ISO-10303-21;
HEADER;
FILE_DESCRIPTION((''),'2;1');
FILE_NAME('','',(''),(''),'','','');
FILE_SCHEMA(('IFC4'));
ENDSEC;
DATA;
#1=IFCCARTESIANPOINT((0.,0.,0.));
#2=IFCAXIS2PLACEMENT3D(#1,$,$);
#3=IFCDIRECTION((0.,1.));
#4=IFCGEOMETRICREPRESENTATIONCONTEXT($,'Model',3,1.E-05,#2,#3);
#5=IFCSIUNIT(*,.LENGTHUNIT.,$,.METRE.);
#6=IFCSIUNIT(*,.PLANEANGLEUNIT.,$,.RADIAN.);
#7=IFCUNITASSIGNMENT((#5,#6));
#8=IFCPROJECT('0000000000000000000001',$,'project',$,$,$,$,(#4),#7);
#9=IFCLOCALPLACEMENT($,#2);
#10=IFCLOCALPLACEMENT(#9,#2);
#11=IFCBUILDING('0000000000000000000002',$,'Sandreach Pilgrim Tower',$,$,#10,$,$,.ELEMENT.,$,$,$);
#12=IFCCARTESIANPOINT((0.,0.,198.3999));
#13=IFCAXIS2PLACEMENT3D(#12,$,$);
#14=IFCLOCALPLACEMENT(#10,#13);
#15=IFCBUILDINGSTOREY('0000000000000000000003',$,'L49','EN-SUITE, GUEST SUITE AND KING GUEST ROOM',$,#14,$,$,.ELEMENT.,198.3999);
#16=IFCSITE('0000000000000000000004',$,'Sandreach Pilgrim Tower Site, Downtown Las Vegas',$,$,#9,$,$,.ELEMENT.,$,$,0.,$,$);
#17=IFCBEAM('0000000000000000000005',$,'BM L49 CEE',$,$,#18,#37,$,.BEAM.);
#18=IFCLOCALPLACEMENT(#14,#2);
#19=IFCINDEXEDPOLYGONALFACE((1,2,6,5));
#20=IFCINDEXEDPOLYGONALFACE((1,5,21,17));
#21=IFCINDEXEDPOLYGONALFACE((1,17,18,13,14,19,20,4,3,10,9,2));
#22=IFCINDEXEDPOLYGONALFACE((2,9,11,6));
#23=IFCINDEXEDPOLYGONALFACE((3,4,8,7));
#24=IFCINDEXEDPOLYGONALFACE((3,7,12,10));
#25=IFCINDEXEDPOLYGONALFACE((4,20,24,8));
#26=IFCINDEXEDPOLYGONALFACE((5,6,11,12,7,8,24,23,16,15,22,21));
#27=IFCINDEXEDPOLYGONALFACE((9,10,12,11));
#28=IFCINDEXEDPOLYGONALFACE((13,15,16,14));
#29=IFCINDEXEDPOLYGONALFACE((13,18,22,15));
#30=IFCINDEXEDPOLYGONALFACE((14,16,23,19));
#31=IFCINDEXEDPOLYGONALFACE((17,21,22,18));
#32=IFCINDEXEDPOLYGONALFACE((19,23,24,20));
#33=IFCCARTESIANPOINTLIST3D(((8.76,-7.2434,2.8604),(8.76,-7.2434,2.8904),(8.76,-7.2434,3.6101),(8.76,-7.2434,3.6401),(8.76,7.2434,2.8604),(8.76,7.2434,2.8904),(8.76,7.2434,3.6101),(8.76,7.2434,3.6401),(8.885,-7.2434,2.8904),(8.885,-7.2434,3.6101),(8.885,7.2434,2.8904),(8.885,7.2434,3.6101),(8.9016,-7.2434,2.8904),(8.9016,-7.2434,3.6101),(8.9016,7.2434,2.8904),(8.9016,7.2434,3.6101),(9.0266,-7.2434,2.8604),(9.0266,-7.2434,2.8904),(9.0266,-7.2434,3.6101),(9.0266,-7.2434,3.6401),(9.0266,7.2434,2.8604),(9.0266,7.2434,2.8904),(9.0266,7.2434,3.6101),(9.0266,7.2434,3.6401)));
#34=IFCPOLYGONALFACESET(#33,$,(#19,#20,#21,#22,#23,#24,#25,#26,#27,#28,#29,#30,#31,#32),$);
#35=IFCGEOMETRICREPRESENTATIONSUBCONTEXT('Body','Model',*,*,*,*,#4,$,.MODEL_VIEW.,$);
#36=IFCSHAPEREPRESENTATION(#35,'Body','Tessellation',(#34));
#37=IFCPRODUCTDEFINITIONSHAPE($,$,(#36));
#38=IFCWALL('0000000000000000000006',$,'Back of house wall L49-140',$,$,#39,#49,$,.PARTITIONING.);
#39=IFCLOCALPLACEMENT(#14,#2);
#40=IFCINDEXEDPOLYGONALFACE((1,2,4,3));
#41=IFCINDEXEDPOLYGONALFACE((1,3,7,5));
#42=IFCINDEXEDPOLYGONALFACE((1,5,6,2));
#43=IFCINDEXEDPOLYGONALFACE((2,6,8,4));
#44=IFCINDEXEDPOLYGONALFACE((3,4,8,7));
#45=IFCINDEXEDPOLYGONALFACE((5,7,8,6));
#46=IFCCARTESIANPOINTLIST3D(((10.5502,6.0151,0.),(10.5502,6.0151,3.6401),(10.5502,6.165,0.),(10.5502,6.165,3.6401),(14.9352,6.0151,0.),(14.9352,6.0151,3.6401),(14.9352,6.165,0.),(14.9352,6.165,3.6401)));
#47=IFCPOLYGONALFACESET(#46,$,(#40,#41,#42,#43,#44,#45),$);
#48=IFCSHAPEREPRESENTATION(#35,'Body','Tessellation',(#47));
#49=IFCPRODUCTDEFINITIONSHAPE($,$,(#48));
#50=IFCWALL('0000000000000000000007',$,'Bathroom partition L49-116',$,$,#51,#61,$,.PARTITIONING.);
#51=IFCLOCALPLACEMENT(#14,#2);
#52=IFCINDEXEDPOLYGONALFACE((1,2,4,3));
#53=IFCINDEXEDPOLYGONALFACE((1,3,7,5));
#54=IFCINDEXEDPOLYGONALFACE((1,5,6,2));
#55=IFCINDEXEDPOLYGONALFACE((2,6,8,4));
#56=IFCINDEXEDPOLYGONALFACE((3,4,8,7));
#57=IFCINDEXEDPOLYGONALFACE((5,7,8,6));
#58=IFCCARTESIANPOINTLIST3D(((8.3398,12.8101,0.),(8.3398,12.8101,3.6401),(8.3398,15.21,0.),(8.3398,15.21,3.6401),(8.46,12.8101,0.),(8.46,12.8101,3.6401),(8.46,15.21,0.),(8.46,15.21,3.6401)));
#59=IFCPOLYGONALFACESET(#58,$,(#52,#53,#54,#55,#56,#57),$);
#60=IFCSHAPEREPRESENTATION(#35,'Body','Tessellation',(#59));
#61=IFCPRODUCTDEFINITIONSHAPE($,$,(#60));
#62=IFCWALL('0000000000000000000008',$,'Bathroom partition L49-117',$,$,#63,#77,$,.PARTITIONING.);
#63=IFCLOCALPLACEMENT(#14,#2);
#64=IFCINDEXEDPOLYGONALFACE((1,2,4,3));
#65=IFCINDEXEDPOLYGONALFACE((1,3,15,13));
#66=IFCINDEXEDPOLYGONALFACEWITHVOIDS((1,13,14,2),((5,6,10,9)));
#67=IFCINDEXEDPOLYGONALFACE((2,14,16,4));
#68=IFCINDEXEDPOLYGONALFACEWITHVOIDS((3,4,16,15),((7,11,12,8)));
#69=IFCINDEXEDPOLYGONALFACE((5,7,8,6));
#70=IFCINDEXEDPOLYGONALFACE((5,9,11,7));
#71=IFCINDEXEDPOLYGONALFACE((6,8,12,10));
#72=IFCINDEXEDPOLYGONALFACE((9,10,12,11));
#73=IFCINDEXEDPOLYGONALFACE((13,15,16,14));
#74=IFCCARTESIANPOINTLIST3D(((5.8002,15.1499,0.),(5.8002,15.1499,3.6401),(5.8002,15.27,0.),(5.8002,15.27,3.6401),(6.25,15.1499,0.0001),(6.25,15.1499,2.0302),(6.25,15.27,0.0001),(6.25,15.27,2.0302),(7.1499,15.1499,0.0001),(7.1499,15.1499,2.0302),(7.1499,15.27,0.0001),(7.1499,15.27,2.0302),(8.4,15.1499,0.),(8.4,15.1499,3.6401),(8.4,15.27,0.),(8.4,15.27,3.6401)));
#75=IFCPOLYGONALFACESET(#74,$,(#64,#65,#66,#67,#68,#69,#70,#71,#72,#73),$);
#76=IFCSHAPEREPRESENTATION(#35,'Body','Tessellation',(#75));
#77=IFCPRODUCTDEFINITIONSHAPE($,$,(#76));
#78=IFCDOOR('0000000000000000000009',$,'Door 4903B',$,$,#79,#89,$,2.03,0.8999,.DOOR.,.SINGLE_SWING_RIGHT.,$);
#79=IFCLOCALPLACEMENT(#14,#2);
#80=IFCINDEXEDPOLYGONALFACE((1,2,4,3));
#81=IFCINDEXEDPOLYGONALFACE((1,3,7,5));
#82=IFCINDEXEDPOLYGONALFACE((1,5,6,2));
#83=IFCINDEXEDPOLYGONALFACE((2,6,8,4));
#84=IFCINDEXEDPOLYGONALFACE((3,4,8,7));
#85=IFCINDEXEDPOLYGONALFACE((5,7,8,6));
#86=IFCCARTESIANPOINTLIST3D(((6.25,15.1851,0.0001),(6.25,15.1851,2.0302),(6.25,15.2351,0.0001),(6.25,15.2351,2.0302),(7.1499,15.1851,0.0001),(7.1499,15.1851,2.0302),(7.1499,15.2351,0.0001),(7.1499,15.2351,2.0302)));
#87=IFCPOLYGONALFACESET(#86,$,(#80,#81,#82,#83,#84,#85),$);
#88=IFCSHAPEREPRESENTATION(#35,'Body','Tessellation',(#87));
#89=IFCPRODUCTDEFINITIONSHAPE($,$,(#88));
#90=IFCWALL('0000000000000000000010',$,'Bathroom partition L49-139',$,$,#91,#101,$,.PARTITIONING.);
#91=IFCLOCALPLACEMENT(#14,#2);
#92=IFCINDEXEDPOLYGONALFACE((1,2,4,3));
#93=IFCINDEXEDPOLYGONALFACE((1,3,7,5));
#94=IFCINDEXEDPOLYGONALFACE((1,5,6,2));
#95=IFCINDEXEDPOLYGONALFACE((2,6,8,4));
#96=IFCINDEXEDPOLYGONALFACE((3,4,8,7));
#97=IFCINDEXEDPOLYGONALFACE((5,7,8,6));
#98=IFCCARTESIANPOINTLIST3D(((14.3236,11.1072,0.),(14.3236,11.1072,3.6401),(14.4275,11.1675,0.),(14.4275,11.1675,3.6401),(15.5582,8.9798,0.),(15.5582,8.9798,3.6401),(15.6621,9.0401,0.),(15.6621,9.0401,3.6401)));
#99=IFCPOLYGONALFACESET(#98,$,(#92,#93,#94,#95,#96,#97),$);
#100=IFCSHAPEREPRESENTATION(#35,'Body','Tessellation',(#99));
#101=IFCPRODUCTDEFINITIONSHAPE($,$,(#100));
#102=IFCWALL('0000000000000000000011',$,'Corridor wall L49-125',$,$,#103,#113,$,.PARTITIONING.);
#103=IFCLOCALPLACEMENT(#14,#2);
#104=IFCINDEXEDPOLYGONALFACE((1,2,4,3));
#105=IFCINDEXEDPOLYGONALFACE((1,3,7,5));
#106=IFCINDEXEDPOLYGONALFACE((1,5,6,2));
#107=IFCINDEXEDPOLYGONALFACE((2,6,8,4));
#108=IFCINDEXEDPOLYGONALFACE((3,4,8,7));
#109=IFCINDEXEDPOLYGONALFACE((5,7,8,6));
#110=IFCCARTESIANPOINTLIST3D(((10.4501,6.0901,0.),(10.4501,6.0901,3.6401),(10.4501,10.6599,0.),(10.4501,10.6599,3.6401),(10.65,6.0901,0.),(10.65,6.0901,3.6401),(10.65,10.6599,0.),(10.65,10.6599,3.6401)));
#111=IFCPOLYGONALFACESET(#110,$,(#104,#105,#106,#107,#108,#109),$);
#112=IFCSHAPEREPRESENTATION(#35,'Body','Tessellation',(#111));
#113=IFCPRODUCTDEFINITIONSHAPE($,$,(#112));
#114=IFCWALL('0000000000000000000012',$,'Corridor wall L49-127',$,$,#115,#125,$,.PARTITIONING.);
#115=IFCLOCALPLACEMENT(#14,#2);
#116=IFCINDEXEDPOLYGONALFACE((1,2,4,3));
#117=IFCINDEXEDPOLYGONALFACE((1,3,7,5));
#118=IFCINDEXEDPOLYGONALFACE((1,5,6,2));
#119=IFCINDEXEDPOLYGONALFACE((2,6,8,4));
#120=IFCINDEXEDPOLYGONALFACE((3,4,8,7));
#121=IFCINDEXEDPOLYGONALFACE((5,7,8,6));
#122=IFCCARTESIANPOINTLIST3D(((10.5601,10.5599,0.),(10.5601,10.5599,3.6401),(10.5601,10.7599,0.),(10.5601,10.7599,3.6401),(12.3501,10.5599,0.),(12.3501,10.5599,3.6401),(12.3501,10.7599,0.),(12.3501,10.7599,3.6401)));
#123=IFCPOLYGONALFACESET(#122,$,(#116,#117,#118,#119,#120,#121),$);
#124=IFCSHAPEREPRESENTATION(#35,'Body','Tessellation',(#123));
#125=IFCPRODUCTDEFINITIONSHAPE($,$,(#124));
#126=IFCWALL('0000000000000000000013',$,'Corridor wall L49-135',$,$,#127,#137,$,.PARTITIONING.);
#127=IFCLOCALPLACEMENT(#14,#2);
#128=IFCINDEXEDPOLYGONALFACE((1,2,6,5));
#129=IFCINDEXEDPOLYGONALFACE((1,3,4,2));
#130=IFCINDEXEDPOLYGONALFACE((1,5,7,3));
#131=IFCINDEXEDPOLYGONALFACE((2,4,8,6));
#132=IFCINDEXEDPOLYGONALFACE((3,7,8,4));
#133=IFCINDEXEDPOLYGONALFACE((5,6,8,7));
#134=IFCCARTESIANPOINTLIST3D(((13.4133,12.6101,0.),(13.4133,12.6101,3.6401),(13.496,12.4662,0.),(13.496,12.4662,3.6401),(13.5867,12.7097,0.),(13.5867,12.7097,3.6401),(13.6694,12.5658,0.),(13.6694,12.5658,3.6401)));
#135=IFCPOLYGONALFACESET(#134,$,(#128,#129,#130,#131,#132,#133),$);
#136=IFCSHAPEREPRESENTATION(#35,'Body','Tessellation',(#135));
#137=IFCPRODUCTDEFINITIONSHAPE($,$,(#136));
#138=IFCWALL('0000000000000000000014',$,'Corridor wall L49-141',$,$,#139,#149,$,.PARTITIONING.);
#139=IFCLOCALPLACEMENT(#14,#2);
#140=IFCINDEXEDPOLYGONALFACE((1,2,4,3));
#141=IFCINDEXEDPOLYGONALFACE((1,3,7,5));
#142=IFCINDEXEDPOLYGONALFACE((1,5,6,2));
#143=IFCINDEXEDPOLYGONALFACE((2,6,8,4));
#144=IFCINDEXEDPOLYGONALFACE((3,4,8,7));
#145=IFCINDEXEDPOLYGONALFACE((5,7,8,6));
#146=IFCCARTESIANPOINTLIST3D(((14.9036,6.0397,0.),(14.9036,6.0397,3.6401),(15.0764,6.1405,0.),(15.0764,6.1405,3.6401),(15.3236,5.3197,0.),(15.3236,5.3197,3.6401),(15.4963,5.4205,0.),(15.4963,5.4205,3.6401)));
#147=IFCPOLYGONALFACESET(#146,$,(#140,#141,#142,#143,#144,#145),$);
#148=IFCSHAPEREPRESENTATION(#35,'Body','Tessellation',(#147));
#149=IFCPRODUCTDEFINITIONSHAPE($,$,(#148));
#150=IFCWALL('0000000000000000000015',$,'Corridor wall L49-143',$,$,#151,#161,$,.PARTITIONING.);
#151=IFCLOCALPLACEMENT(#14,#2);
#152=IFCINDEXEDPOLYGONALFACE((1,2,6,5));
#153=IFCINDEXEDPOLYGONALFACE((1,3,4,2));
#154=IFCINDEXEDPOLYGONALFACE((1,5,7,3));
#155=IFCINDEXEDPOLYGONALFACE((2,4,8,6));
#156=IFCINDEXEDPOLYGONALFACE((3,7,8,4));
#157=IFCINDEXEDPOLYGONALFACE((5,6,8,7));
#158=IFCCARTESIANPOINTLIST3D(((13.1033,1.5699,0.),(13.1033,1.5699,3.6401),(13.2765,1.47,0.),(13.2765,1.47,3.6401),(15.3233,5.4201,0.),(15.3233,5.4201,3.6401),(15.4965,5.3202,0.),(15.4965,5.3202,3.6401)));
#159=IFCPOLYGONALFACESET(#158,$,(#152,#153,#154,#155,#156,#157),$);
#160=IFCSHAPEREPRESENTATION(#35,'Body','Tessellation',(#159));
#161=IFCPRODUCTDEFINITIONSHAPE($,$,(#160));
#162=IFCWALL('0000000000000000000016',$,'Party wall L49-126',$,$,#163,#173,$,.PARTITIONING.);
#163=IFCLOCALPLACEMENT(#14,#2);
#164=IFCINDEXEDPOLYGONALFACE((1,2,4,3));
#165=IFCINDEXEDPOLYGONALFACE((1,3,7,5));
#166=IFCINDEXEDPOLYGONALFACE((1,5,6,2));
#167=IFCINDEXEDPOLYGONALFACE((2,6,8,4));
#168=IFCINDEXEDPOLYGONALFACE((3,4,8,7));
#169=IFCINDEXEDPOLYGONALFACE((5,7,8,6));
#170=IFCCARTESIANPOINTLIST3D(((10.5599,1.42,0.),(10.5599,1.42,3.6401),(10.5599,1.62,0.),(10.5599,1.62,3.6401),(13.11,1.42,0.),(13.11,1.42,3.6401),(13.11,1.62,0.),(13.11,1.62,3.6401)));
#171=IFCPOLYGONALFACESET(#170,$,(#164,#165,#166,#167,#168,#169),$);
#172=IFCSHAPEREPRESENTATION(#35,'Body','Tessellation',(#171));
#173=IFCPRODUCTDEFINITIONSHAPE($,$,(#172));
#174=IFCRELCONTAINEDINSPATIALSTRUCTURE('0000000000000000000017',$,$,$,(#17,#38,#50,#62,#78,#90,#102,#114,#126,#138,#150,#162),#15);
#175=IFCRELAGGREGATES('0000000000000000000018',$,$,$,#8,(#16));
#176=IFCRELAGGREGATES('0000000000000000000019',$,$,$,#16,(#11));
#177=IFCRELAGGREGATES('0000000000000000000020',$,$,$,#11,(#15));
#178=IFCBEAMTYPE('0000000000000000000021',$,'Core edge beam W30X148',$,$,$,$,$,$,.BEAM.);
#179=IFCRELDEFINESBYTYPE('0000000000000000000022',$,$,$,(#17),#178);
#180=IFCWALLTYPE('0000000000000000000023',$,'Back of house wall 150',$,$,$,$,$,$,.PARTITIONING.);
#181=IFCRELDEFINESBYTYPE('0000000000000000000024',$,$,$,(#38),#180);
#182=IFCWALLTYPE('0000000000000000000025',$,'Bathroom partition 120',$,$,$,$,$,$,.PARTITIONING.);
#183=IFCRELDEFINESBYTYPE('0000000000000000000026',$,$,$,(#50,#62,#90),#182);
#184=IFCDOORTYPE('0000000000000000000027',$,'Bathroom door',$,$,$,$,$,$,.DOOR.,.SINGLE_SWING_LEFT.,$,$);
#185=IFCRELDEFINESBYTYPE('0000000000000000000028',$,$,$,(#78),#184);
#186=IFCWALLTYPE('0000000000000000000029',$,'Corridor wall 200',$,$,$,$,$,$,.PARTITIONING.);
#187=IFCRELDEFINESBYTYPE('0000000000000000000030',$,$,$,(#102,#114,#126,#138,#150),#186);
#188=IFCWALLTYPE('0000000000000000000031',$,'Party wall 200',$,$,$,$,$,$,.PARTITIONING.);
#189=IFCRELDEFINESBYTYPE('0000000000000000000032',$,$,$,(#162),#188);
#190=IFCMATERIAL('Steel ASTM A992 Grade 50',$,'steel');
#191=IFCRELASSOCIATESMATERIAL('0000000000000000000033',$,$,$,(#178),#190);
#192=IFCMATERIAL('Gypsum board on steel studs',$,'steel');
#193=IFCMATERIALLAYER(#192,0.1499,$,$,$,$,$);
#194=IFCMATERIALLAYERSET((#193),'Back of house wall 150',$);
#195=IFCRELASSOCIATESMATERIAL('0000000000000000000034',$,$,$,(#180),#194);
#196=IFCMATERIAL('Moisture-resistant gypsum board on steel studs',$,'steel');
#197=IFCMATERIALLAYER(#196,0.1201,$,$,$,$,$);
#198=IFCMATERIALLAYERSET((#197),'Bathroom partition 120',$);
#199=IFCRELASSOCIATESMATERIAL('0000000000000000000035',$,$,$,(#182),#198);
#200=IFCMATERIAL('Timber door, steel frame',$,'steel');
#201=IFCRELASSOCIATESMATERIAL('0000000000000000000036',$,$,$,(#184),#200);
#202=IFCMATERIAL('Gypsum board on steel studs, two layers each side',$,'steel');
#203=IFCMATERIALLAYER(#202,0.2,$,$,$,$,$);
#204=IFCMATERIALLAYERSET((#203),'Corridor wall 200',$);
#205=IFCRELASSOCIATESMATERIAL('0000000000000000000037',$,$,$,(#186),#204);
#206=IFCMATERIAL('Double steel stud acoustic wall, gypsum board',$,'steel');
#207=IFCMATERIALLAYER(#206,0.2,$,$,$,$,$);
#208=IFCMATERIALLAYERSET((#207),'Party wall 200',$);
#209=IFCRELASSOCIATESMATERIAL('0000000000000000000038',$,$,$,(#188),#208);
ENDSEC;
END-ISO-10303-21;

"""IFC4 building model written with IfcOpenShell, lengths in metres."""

from ifc_helpers import new_model, si_unit, direction, frame, frame_2d, origin, origin_2d, place, context, subcontext, project, spatial, rectangle, i_section, extrude, material, layer, layer_set, material_profile, profile_set, type_object, element, fill, save


model = new_model("IFC4")

# Units and contexts
model_context = context("Model", 3, precision=1e-05, world=origin(), true_north=direction((0.0, 1.0)))
body_context = subcontext(model_context, "Body", "Model", "MODEL_VIEW")
ifc_project = project(units=[si_unit("LENGTHUNIT", "METRE"), si_unit("PLANEANGLEUNIT", "RADIAN")], contexts=[model_context])

# Site, building, storey
site_placement = place(None, origin())
site = spatial("IfcSite", under=ifc_project, at=site_placement, Name="Sandreach Pilgrim Tower Site, Downtown Las Vegas", CompositionType="ELEMENT", RefElevation=0.0)
building_placement = place(site_placement, origin())
building = spatial("IfcBuilding", under=site, at=building_placement, Name="Sandreach Pilgrim Tower", CompositionType="ELEMENT")
storey_placement = place(building_placement, frame((0.0, 0.0, 198.3999)))
storey = spatial("IfcBuildingStorey", under=building, at=storey_placement, Name="L49", Description="EN-SUITE, GUEST SUITE AND KING GUEST ROOM", CompositionType="ELEMENT", Elevation=198.3999)

# Beam
ifc_material_1 = material(Name="Steel ASTM A992 Grade 50", Category="steel")
ifc_material_profile = material_profile(ifc_material_1, i_section(OverallWidth=0.2666, OverallDepth=0.7798, WebThickness=0.0166, FlangeThickness=0.03, at=origin_2d()), Name="W30X148")
ifc_profile_set = profile_set([ifc_material_profile], Name="Steel ASTM A992 Grade 50")
beam_type = type_object("IfcBeamType", Name="Core edge beam W30X148", PredefinedType="BEAM", material=ifc_profile_set)
beam_placement = place(storey_placement, frame((8.8933, 7.2434, 3.2502), z_axis=(0.0, -1.0, 0.0), x_axis=(1.0, 0.0, 0.0)))
element("IfcBeam", 1, at=beam_placement, inside=storey, type_object=beam_type, Name="BM L49 CEE", PredefinedType="BEAM", context=body_context, shape_type="SweptSolid", body=[
    extrude(i_section(OverallWidth=0.2666, OverallDepth=0.7798, WebThickness=0.0166, FlangeThickness=0.03, at=origin_2d()), origin(), (0.0, 0.0, 1.0), 14.4868),
])

# Walls
ifc_material_2 = material(Name="Gypsum board on steel studs", Category="steel")
ifc_layer_1 = layer(ifc_material_2, 0.1499)
ifc_layer_set_1 = layer_set([ifc_layer_1], Name="Back of house wall 150")
wall_type_1 = type_object("IfcWallType", Name="Back of house wall 150", PredefinedType="PARTITIONING", material=ifc_layer_set_1)
wall_1_placement = place(storey_placement, frame((14.9351, 6.0901, 0.0), z_axis=(0.0, 0.0, 1.0), x_axis=(-1.0, 0.0, 0.0)))
element("IfcWall", 2, at=wall_1_placement, inside=storey, type_object=wall_type_1, Name="Back of house wall L49-140", PredefinedType="PARTITIONING", context=body_context, shape_type="SweptSolid", body=[
    extrude(rectangle(XDim=4.385, YDim=0.1499, at=frame_2d((2.1924, 0.0))), origin(), (0.0, 0.0, 1.0), 3.6401),
])
ifc_material_3 = material(Name="Moisture-resistant gypsum board on steel studs", Category="steel")
ifc_layer_2 = layer(ifc_material_3, 0.1201)
ifc_layer_set_2 = layer_set([ifc_layer_2], Name="Bathroom partition 120")
wall_type_2 = type_object("IfcWallType", Name="Bathroom partition 120", PredefinedType="PARTITIONING", material=ifc_layer_set_2)
wall_2_placement = place(storey_placement, frame((8.3999, 12.8101, 0.0), z_axis=(0.0, 0.0, 1.0), x_axis=(0.0, 1.0, 0.0)))
element("IfcWall", 3, at=wall_2_placement, inside=storey, type_object=wall_type_2, Name="Bathroom partition L49-116", PredefinedType="PARTITIONING", context=body_context, shape_type="SweptSolid", body=[
    extrude(rectangle(XDim=2.3999, YDim=0.1201, at=frame_2d((1.2, 0.0))), origin(), (0.0, 0.0, 1.0), 3.6401),
])

# Wall, opening, door
wall_3_placement = place(storey_placement, frame((8.3999, 15.21, 0.0), z_axis=(0.0, 0.0, 1.0), x_axis=(-1.0, 0.0, 0.0)))
wall_3 = element("IfcWall", 4, at=wall_3_placement, inside=storey, type_object=wall_type_2, Name="Bathroom partition L49-117", PredefinedType="PARTITIONING", context=body_context, shape_type="SweptSolid", body=[
    extrude(rectangle(XDim=2.5999, YDim=0.1201, at=frame_2d((1.2998, 0.0))), origin(), (0.0, 0.0, 1.0), 3.6401),
])
opening_1_placement = place(wall_3_placement, frame((1.25, 0.0, 0.0)))
opening_1 = element("IfcOpeningElement", 5, at=opening_1_placement, cuts=wall_3, PredefinedType="OPENING", context=body_context, shape_type="SweptSolid", body=[
    extrude(rectangle(XDim=0.8999, YDim=2.03, at=frame_2d((0.45, 1.0151))), frame((0.0, 0.0601, 0.0), z_axis=(0.0, -1.0, 0.0), x_axis=(1.0, 0.0, 0.0)), (0.0, 0.0, 1.0), 0.1201),
])
ifc_material_4 = material(Name="Timber door, steel frame", Category="steel")
door_type_1 = type_object("IfcDoorType", Name="Bathroom door", OperationType="SINGLE_SWING_LEFT", PredefinedType="DOOR", material=ifc_material_4)
door_1_placement = place(opening_1_placement, origin())
door_1 = element("IfcDoor", 6, at=door_1_placement, inside=storey, type_object=door_type_1, Name="Door 4903B", OperationType="SINGLE_SWING_RIGHT", OverallHeight=2.03, OverallWidth=0.8999, PredefinedType="DOOR", context=body_context, shape_type="SweptSolid", body=[
    extrude(rectangle(XDim=0.8999, YDim=2.03, at=frame_2d((0.45, 1.0151))), frame((0.0, 0.0249, 0.0), z_axis=(0.0, -1.0, 0.0), x_axis=(1.0, 0.0, 0.0)), (0.0, 0.0, 1.0), 0.05),
])
fill(opening_1, door_1)

# Wall
wall_4_placement = place(storey_placement, frame((14.3755, 11.1375, 0.0), z_axis=(0.0, 0.0, 1.0), x_axis=(0.501932, -0.864907, 0.0)))
element("IfcWall", 7, at=wall_4_placement, inside=storey, type_object=wall_type_2, Name="Bathroom partition L49-139", PredefinedType="PARTITIONING", context=body_context, shape_type="SweptSolid", body=[
    extrude(rectangle(XDim=2.4597, YDim=0.1201, at=frame_2d((1.23, 0.0))), origin(), (0.0, 0.0, 1.0), 3.6401),
])

# Shared definitions
ifc_material_5 = material(Name="Gypsum board on steel studs, two layers each side", Category="steel")
ifc_layer_3 = layer(ifc_material_5, 0.2)
ifc_layer_set_3 = layer_set([ifc_layer_3], Name="Corridor wall 200")
wall_type_3 = type_object("IfcWallType", Name="Corridor wall 200", PredefinedType="PARTITIONING", material=ifc_layer_set_3)

# Walls
wall_5_placement = place(storey_placement, frame((10.55, 6.0901, 0.0), z_axis=(0.0, 0.0, 1.0), x_axis=(0.0, 1.0, 0.0)))
element("IfcWall", 8, at=wall_5_placement, inside=storey, type_object=wall_type_3, Name="Corridor wall L49-125", PredefinedType="PARTITIONING", context=body_context, shape_type="SweptSolid", body=[
    extrude(rectangle(XDim=4.5698, YDim=0.2, at=frame_2d((2.2849, 0.0))), origin(), (0.0, 0.0, 1.0), 3.6401),
])
wall_6_placement = place(storey_placement, frame((10.5601, 10.6599, 0.0), z_axis=(0.0, 0.0, 1.0), x_axis=(1.0, 0.0, 0.0)))
element("IfcWall", 9, at=wall_6_placement, inside=storey, type_object=wall_type_3, Name="Corridor wall L49-127", PredefinedType="PARTITIONING", context=body_context, shape_type="SweptSolid", body=[
    extrude(rectangle(XDim=1.79, YDim=0.2, at=frame_2d((0.895, 0.0))), origin(), (0.0, 0.0, 1.0), 3.6401),
])

# Wall
wall_7_placement = place(storey_placement, frame((13.5, 12.6599, 0.0), z_axis=(0.0, 0.0, 1.0), x_axis=(0.498195, -0.867065, 0.0)))
element("IfcWall", 10, at=wall_7_placement, inside=storey, type_object=wall_type_3, Name="Corridor wall L49-135", PredefinedType="PARTITIONING", context=body_context, shape_type="SweptSolid", body=[
    extrude(rectangle(XDim=0.166, YDim=0.2, at=frame_2d((0.083, 0.0))), origin(), (0.0, 0.0, 1.0), 3.6401),
])

# Walls
wall_8_placement = place(storey_placement, frame((14.99, 6.0901, 0.0), z_axis=(0.0, 0.0, 1.0), x_axis=(0.503816, -0.863811, 0.0)))
element("IfcWall", 11, at=wall_8_placement, inside=storey, type_object=wall_type_3, Name="Corridor wall L49-141", PredefinedType="PARTITIONING", context=body_context, shape_type="SweptSolid", body=[
    extrude(rectangle(XDim=0.8335, YDim=0.2, at=frame_2d((0.4167, 0.0))), origin(), (0.0, 0.0, 1.0), 3.6401),
])
wall_9_placement = place(storey_placement, frame((15.4099, 5.3701, 0.0), z_axis=(0.0, 0.0, 1.0), x_axis=(-0.499513, -0.866306, 0.0)))
element("IfcWall", 12, at=wall_9_placement, inside=storey, type_object=wall_type_3, Name="Corridor wall L49-143", PredefinedType="PARTITIONING", context=body_context, shape_type="SweptSolid", body=[
    extrude(rectangle(XDim=4.4443, YDim=0.2, at=frame_2d((2.2222, 0.0))), origin(), (0.0, 0.0, 1.0), 3.6401),
])
ifc_material_6 = material(Name="Double steel stud acoustic wall, gypsum board", Category="steel")
ifc_layer_4 = layer(ifc_material_6, 0.2)
ifc_layer_set_4 = layer_set([ifc_layer_4], Name="Party wall 200")
wall_type_4 = type_object("IfcWallType", Name="Party wall 200", PredefinedType="PARTITIONING", material=ifc_layer_set_4)
wall_10_placement = place(storey_placement, frame((10.5601, 1.52, 0.0), z_axis=(0.0, 0.0, 1.0), x_axis=(1.0, 0.0, 0.0)))
element("IfcWall", 13, at=wall_10_placement, inside=storey, type_object=wall_type_4, Name="Party wall L49-126", PredefinedType="PARTITIONING", context=body_context, shape_type="SweptSolid", body=[
    extrude(rectangle(XDim=2.55, YDim=0.2, at=frame_2d((1.2749, 0.0))), origin(), (0.0, 0.0, 1.0), 3.6401),
])

save(model, "model.ifc")
